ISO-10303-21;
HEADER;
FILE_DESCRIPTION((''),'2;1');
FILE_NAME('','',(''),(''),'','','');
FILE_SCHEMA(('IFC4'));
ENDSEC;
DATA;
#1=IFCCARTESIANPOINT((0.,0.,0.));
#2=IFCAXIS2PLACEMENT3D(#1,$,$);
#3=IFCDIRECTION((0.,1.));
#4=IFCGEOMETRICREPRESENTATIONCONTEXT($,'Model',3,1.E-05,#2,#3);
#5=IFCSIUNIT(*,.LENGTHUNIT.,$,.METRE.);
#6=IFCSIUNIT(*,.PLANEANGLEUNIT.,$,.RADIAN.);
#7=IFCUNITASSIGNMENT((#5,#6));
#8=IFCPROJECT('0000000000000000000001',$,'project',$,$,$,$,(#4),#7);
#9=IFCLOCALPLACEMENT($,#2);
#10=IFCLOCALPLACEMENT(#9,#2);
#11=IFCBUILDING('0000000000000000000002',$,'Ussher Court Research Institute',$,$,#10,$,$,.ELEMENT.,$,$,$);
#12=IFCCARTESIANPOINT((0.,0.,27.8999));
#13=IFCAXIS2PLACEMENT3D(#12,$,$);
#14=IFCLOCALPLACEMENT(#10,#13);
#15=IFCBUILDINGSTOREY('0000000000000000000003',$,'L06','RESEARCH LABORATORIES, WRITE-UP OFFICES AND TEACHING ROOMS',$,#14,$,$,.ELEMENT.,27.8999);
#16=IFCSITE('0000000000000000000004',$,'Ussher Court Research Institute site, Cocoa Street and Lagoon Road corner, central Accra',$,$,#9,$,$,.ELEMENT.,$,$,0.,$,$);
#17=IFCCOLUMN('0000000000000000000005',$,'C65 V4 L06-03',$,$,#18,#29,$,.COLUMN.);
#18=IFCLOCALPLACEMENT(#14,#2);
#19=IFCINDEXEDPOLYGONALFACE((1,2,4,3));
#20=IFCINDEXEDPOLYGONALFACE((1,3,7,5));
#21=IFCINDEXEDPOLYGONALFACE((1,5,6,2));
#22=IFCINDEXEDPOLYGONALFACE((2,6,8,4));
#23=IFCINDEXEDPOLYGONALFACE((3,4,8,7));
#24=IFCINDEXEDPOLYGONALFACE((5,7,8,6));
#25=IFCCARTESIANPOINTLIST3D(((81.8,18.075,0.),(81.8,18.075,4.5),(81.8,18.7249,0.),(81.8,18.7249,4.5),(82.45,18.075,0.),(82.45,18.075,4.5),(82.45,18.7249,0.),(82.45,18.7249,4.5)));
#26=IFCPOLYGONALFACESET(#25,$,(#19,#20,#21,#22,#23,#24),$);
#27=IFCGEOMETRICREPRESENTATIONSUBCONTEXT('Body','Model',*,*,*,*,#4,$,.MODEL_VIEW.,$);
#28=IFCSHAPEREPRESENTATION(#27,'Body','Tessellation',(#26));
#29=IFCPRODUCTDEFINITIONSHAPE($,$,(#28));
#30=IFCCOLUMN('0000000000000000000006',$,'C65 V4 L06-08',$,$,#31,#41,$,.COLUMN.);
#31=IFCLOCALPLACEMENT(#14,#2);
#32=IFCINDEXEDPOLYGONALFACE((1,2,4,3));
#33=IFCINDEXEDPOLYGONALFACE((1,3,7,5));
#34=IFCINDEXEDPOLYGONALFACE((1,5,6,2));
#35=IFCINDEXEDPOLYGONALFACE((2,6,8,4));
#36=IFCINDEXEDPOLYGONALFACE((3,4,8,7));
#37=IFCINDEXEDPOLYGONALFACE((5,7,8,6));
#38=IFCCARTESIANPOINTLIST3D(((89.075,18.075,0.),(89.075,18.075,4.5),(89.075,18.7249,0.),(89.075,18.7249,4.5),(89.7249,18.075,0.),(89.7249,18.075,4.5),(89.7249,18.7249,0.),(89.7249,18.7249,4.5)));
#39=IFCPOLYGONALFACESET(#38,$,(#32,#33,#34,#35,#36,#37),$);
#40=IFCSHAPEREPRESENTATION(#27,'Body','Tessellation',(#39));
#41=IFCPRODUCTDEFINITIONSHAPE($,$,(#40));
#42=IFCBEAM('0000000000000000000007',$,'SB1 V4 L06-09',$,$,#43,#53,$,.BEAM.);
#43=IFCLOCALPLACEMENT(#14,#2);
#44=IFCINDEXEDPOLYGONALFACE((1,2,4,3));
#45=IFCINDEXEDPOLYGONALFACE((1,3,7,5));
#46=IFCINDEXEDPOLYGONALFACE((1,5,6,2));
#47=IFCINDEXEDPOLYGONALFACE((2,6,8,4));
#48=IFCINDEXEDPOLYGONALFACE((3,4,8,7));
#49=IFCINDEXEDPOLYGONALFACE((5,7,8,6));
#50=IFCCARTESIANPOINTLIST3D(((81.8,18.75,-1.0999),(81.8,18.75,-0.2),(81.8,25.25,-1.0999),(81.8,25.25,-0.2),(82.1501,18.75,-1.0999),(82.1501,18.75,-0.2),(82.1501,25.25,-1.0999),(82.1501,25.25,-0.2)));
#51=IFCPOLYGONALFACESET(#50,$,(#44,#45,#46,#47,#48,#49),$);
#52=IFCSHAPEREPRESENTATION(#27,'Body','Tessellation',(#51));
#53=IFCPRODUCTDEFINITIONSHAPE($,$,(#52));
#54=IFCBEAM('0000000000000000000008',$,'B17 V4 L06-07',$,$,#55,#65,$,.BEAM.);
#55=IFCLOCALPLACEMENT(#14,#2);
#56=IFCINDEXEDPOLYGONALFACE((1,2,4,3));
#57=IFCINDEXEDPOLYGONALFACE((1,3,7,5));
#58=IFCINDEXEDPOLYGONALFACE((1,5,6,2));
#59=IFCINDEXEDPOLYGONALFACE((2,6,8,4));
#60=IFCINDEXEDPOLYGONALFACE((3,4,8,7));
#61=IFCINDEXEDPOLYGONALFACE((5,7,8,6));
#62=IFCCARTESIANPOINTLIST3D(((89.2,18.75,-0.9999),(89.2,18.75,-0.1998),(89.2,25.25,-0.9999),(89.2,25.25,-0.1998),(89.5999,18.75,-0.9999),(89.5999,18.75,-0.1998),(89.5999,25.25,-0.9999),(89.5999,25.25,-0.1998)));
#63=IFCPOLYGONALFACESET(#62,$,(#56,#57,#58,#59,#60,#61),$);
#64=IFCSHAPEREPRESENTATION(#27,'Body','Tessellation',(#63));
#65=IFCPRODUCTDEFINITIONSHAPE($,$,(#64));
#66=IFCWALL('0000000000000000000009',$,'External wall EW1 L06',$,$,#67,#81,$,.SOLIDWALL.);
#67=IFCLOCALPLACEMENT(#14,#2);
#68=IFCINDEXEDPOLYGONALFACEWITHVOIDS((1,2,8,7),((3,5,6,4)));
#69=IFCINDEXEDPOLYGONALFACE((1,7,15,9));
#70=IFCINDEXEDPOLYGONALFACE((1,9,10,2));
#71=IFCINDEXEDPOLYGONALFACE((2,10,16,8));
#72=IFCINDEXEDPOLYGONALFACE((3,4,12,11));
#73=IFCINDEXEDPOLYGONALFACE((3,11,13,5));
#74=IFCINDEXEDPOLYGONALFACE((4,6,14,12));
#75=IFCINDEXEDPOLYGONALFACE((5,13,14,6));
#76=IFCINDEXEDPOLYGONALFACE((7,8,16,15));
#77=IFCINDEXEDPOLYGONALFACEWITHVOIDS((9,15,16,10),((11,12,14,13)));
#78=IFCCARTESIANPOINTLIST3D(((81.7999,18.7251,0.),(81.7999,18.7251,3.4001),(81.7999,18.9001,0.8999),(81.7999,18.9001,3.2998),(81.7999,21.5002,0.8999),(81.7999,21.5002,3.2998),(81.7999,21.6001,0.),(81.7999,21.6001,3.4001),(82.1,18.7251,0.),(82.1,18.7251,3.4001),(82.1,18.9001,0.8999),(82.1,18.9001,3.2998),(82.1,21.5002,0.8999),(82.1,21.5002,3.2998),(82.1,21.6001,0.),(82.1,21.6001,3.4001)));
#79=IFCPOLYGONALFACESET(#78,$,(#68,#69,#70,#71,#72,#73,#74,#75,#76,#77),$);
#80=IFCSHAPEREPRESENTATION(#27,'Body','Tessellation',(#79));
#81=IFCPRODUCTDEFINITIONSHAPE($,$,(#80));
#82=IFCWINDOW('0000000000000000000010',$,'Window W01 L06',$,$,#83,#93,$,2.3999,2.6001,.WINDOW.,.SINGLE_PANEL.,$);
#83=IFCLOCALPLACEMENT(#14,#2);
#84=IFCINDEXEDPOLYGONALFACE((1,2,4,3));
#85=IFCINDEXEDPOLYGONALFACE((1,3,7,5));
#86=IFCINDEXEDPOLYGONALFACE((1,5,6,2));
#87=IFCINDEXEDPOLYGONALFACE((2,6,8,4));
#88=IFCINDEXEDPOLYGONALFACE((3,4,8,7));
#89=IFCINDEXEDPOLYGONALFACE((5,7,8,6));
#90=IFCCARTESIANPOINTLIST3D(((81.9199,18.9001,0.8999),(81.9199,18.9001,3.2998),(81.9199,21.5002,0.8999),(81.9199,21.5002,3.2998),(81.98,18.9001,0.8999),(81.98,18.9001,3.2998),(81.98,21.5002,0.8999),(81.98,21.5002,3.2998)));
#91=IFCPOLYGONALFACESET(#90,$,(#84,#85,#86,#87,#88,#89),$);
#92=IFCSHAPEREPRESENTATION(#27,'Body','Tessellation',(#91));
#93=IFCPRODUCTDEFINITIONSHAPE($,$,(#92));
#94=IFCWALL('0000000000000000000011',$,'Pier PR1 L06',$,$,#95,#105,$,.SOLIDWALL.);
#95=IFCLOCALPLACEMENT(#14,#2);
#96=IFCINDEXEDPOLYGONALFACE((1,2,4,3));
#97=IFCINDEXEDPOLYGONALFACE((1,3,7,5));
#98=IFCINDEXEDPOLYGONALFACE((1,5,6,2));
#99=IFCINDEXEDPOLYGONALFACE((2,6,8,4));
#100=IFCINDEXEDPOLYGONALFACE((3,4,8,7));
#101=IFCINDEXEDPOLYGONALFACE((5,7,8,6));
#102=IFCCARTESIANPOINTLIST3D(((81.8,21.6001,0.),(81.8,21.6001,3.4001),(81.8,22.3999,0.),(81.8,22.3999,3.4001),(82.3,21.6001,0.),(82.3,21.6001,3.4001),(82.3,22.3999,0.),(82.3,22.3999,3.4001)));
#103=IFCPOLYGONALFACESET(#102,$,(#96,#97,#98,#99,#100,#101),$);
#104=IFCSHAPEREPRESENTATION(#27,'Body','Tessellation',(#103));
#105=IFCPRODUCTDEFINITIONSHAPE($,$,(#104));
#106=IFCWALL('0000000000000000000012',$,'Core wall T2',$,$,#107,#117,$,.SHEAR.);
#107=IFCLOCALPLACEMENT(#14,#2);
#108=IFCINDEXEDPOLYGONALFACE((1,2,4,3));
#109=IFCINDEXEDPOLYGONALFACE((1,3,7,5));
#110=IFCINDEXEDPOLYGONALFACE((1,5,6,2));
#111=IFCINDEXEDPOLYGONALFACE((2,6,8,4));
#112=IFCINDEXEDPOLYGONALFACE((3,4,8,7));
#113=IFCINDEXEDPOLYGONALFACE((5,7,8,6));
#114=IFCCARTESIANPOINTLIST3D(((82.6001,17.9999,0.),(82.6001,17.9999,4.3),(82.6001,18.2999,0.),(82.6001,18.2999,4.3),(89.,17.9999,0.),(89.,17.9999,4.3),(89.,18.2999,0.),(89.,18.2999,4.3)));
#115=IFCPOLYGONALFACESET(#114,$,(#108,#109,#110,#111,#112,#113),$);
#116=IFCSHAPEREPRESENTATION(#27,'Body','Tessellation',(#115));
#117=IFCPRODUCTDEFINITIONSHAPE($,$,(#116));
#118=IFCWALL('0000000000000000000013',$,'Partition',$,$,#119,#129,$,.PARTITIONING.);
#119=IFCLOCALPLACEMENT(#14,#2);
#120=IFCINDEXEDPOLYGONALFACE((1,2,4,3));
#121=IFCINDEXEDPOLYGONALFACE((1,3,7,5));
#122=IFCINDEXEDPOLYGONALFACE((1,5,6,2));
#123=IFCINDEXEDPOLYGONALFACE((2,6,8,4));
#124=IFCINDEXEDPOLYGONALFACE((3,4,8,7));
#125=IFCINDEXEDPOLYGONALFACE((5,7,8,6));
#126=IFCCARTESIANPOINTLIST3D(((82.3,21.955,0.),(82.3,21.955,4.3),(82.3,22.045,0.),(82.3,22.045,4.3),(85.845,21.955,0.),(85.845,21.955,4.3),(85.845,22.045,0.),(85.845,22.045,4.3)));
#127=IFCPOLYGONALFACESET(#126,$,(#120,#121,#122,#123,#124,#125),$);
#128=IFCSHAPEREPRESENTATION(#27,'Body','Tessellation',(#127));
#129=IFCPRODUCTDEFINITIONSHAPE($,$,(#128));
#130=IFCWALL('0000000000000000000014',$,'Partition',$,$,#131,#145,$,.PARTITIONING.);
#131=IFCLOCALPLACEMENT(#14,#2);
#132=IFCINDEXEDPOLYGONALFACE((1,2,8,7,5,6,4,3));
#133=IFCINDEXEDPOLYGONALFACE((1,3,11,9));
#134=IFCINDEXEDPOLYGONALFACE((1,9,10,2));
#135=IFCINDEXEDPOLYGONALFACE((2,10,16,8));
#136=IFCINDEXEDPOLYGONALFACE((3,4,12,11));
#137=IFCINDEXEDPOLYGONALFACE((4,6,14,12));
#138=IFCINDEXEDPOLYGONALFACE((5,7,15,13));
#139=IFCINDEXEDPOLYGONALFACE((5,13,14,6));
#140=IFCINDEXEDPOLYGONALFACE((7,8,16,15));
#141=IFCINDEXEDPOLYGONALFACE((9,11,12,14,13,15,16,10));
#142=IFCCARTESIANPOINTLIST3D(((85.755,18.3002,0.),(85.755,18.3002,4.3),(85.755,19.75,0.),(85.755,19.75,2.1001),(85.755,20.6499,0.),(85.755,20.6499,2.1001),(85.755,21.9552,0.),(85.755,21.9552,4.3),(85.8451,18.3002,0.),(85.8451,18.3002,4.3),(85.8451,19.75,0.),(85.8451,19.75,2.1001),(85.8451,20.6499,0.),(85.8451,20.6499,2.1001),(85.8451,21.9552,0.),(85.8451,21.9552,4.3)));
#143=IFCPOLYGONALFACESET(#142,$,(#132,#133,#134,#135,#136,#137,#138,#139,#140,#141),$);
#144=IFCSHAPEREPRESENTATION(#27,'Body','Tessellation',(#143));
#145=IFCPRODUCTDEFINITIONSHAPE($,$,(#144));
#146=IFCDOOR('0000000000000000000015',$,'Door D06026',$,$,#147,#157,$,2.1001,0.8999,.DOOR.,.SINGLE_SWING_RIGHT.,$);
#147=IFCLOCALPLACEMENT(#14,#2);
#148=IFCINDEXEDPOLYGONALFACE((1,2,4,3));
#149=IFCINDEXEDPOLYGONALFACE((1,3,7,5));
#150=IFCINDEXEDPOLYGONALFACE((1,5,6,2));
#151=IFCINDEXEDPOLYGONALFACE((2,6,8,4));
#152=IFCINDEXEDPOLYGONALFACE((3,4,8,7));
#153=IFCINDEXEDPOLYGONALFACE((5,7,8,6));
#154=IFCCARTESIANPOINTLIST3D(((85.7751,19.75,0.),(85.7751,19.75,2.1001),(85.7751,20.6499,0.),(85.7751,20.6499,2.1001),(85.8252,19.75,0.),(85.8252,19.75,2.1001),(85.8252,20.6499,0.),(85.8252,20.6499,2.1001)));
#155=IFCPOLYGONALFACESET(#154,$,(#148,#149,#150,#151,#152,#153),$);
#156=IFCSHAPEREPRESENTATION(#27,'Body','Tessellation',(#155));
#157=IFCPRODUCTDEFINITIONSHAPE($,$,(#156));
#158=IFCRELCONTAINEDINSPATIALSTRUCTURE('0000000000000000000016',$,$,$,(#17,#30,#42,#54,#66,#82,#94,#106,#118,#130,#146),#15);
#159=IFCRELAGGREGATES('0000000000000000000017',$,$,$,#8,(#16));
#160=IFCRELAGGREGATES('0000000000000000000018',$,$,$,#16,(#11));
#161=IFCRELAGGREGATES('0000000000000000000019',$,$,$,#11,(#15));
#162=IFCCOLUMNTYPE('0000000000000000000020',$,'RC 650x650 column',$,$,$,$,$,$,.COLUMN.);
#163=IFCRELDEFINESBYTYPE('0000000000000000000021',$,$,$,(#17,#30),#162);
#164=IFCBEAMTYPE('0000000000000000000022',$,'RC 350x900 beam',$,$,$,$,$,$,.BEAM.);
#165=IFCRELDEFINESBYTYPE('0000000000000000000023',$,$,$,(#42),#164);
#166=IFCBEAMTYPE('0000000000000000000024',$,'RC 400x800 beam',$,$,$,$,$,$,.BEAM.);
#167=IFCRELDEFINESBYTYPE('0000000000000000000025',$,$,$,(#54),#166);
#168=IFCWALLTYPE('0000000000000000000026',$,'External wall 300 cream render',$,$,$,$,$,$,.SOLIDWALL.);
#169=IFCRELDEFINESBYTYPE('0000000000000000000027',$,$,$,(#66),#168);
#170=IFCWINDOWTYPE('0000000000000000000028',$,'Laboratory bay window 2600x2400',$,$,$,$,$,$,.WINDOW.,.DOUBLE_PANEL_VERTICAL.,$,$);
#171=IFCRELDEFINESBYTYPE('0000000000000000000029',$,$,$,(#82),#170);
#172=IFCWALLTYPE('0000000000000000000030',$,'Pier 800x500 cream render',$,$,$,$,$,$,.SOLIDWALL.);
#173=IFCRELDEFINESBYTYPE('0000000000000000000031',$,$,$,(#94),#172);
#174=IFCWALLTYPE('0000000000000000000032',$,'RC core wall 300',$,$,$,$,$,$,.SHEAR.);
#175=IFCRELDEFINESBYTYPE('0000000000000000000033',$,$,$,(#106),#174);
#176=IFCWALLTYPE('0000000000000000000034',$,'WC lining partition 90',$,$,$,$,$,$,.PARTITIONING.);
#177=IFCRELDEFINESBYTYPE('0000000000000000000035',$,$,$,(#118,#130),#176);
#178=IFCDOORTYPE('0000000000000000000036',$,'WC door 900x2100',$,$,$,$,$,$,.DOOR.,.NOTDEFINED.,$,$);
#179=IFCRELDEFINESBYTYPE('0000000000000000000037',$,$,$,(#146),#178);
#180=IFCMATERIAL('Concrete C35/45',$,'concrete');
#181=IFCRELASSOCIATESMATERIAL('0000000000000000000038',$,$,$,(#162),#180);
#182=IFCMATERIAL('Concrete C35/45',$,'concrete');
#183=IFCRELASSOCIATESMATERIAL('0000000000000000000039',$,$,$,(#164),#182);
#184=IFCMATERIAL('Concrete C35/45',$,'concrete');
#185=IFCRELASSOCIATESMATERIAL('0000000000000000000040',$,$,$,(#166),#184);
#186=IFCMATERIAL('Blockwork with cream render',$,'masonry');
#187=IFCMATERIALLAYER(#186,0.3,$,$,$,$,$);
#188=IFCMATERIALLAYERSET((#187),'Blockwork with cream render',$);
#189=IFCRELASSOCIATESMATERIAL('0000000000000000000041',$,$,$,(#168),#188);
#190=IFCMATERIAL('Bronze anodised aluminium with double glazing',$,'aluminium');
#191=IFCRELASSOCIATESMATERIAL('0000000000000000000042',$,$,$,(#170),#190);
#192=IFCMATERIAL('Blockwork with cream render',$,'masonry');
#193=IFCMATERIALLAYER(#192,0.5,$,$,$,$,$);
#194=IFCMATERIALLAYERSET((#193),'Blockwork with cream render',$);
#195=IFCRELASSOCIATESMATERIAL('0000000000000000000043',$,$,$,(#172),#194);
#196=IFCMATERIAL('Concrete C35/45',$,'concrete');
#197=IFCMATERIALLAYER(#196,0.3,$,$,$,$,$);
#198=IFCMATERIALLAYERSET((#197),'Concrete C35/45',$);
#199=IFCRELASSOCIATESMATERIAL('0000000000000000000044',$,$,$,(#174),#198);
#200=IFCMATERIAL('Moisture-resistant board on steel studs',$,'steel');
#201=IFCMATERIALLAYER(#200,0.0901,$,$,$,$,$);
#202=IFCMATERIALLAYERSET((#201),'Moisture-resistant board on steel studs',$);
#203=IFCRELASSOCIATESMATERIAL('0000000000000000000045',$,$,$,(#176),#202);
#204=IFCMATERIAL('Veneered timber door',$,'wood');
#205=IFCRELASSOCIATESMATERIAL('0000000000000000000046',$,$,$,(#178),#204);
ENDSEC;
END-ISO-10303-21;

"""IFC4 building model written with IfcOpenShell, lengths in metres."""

from ifc_helpers import new_model, si_unit, direction, frame, frame_2d, origin, origin_2d, place, context, subcontext, project, spatial, rectangle, extrude, material, layer, layer_set, material_profile, profile_set, type_object, element, fill, save


model = new_model("IFC4")

# Units and contexts
model_context = context("Model", 3, precision=1e-05, world=origin(), true_north=direction((0.0, 1.0)))
body_context = subcontext(model_context, "Body", "Model", "MODEL_VIEW")
ifc_project = project(units=[si_unit("LENGTHUNIT", "METRE"), si_unit("PLANEANGLEUNIT", "RADIAN")], contexts=[model_context])

# Site, building, storey
site_placement = place(None, origin())
site = spatial("IfcSite", under=ifc_project, at=site_placement, Name="Ussher Court Research Institute site, Cocoa Street and Lagoon Road corner, central Accra", CompositionType="ELEMENT", RefElevation=0.0)
building_placement = place(site_placement, origin())
building = spatial("IfcBuilding", under=site, at=building_placement, Name="Ussher Court Research Institute", CompositionType="ELEMENT")
storey_placement = place(building_placement, frame((0.0, 0.0, 27.8999)))
storey = spatial("IfcBuildingStorey", under=building, at=storey_placement, Name="L06", Description="RESEARCH LABORATORIES, WRITE-UP OFFICES AND TEACHING ROOMS", CompositionType="ELEMENT", Elevation=27.8999)

# Columns
ifc_material_1 = material(Name="Concrete C35/45", Category="concrete")
ifc_material_profile_1 = material_profile(ifc_material_1, rectangle(XDim=0.6499, YDim=0.6499, at=origin_2d()), Name="RC 650x650")
ifc_profile_set_1 = profile_set([ifc_material_profile_1], Name="Concrete C35/45")
column_type = type_object("IfcColumnType", Name="RC 650x650 column", PredefinedType="COLUMN", material=ifc_profile_set_1)
for number, where, z_axis, x_axis, name in (
    (1, (82.125, 18.3999, 0.0), (0.0, 0.0, 1.0), (1.0, 0.0, 0.0), "C65 V4 L06-03"),
    (2, (89.3999, 18.3999, 0.0), (0.0, 0.0, 1.0), (1.0, 0.0, 0.0), "C65 V4 L06-08"),
):
    element("IfcColumn", number, at=place(storey_placement, frame(where, z_axis=z_axis, x_axis=x_axis)), inside=storey, type_object=column_type, Name=name, PredefinedType="COLUMN", context=body_context, shape_type="SweptSolid", body=[
        extrude(rectangle(XDim=0.6499, YDim=0.6499, at=origin_2d()), origin(), (0.0, 0.0, 1.0), 4.5),
    ])

# Beams
ifc_material_2 = material(Name="Concrete C35/45", Category="concrete")
ifc_material_profile_2 = material_profile(ifc_material_2, rectangle(XDim=0.3501, YDim=0.8999, at=origin_2d()), Name="RC 350x900")
ifc_profile_set_2 = profile_set([ifc_material_profile_2], Name="Concrete C35/45")
beam_type_1 = type_object("IfcBeamType", Name="RC 350x900 beam", PredefinedType="BEAM", material=ifc_profile_set_2)
beam_1_placement = place(storey_placement, frame((81.9751, 18.75, -0.6499), z_axis=(0.0, 1.0, 0.0), x_axis=(-1.0, 0.0, 0.0)))
element("IfcBeam", 3, at=beam_1_placement, inside=storey, type_object=beam_type_1, Name="SB1 V4 L06-09", PredefinedType="BEAM", context=body_context, shape_type="SweptSolid", body=[
    extrude(rectangle(XDim=0.3501, YDim=0.8999, at=origin_2d()), origin(), (0.0, 0.0, 1.0), 6.5),
])
ifc_material_3 = material(Name="Concrete C35/45", Category="concrete")
ifc_material_profile_3 = material_profile(ifc_material_3, rectangle(XDim=0.3999, YDim=0.8, at=origin_2d()), Name="RC 400x800")
ifc_profile_set_3 = profile_set([ifc_material_profile_3], Name="Concrete C35/45")
beam_type_2 = type_object("IfcBeamType", Name="RC 400x800 beam", PredefinedType="BEAM", material=ifc_profile_set_3)
beam_2_placement = place(storey_placement, frame((89.3999, 18.75, -0.5999), z_axis=(0.0, 1.0, 0.0), x_axis=(-1.0, 0.0, 0.0)))
element("IfcBeam", 4, at=beam_2_placement, inside=storey, type_object=beam_type_2, Name="B17 V4 L06-07", PredefinedType="BEAM", context=body_context, shape_type="SweptSolid", body=[
    extrude(rectangle(XDim=0.3999, YDim=0.8, at=origin_2d()), origin(), (0.0, 0.0, 1.0), 6.5),
])

# Wall, opening, window
ifc_material_4 = material(Name="Blockwork with cream render", Category="masonry")
ifc_layer_1 = layer(ifc_material_4, 0.3)
ifc_layer_set_1 = layer_set([ifc_layer_1], Name="Blockwork with cream render")
wall_type_1 = type_object("IfcWallType", Name="External wall 300 cream render", PredefinedType="SOLIDWALL", material=ifc_layer_set_1)
wall_1_placement = place(storey_placement, frame((81.95, 18.7251, 0.0), z_axis=(0.0, 0.0, 1.0), x_axis=(0.0, 1.0, 0.0)))
wall_1 = element("IfcWall", 5, at=wall_1_placement, inside=storey, type_object=wall_type_1, Name="External wall EW1 L06", PredefinedType="SOLIDWALL", context=body_context, shape_type="SweptSolid", body=[
    extrude(rectangle(XDim=2.875, YDim=0.3, at=frame_2d((1.4375, 0.0))), origin(), (0.0, 0.0, 1.0), 3.4001),
])
opening_1_placement = place(wall_1_placement, frame((0.175, 0.0, 0.8999)))
opening_1 = element("IfcOpeningElement", 6, at=opening_1_placement, cuts=wall_1, PredefinedType="OPENING", context=body_context, shape_type="SweptSolid", body=[
    extrude(rectangle(XDim=2.6001, YDim=2.3999, at=frame_2d((1.3, 1.2))), frame((0.0, 0.1602, 0.0), z_axis=(0.0, -1.0, 0.0), x_axis=(1.0, 0.0, 0.0)), (0.0, 0.0, 1.0), 0.3201),
])
ifc_material_5 = material(Name="Bronze anodised aluminium with double glazing", Category="aluminium")
window_type = type_object("IfcWindowType", Name="Laboratory bay window 2600x2400", PartitioningType="DOUBLE_PANEL_VERTICAL", PredefinedType="WINDOW", material=ifc_material_5)
window_placement = place(opening_1_placement, origin())
window = element("IfcWindow", 7, at=window_placement, inside=storey, type_object=window_type, Name="Window W01 L06", OverallHeight=2.3999, OverallWidth=2.6001, PartitioningType="SINGLE_PANEL", PredefinedType="WINDOW", context=body_context, shape_type="SweptSolid", body=[
    extrude(rectangle(XDim=2.6001, YDim=2.3999, at=frame_2d((1.3, 1.2))), frame((0.0, 0.03, 0.0), z_axis=(0.0, -1.0, 0.0), x_axis=(1.0, 0.0, 0.0)), (0.0, 0.0, 1.0), 0.0601),
])
fill(opening_1, window)

# Walls
ifc_material_6 = material(Name="Blockwork with cream render", Category="masonry")
ifc_layer_2 = layer(ifc_material_6, 0.5)
ifc_layer_set_2 = layer_set([ifc_layer_2], Name="Blockwork with cream render")
wall_type_2 = type_object("IfcWallType", Name="Pier 800x500 cream render", PredefinedType="SOLIDWALL", material=ifc_layer_set_2)
wall_2_placement = place(storey_placement, frame((82.05, 21.6001, 0.0), z_axis=(0.0, 0.0, 1.0), x_axis=(0.0, 1.0, 0.0)))
element("IfcWall", 8, at=wall_2_placement, inside=storey, type_object=wall_type_2, Name="Pier PR1 L06", PredefinedType="SOLIDWALL", context=body_context, shape_type="SweptSolid", body=[
    extrude(rectangle(XDim=0.7998, YDim=0.5, at=frame_2d((0.3999, 0.0))), origin(), (0.0, 0.0, 1.0), 3.4001),
])
ifc_material_7 = material(Name="Concrete C35/45", Category="concrete")
ifc_layer_3 = layer(ifc_material_7, 0.3)
ifc_layer_set_3 = layer_set([ifc_layer_3], Name="Concrete C35/45")
wall_type_3 = type_object("IfcWallType", Name="RC core wall 300", PredefinedType="SHEAR", material=ifc_layer_set_3)
wall_3_placement = place(storey_placement, frame((82.6001, 18.1499, 0.0), z_axis=(0.0, 0.0, 1.0), x_axis=(1.0, 0.0, 0.0)))
element("IfcWall", 9, at=wall_3_placement, inside=storey, type_object=wall_type_3, Name="Core wall T2", PredefinedType="SHEAR", context=body_context, shape_type="SweptSolid", body=[
    extrude(rectangle(XDim=6.3999, YDim=0.3, at=frame_2d((3.2, 0.0))), origin(), (0.0, 0.0, 1.0), 4.3),
])
ifc_material_8 = material(Name="Moisture-resistant board on steel studs", Category="steel")
ifc_layer_4 = layer(ifc_material_8, 0.0901)
ifc_layer_set_4 = layer_set([ifc_layer_4], Name="Moisture-resistant board on steel studs")
wall_type_4 = type_object("IfcWallType", Name="WC lining partition 90", PredefinedType="PARTITIONING", material=ifc_layer_set_4)
wall_4_placement = place(storey_placement, frame((82.3, 22.0, 0.0), z_axis=(0.0, 0.0, 1.0), x_axis=(1.0, 0.0, 0.0)))
element("IfcWall", 10, at=wall_4_placement, inside=storey, type_object=wall_type_4, Name="Partition", PredefinedType="PARTITIONING", context=body_context, shape_type="SweptSolid", body=[
    extrude(rectangle(XDim=3.5449, YDim=0.0901, at=frame_2d((1.7725, 0.0))), origin(), (0.0, 0.0, 1.0), 4.3),
])

# Wall, opening, door
wall_5_placement = place(storey_placement, frame((85.8, 18.3, 0.0), z_axis=(0.0, 0.0, 1.0), x_axis=(0.0, 1.0, 0.0)))
wall_5 = element("IfcWall", 11, at=wall_5_placement, inside=storey, type_object=wall_type_4, Name="Partition", PredefinedType="PARTITIONING", context=body_context, shape_type="SweptSolid", body=[
    extrude(rectangle(XDim=3.655, YDim=0.0901, at=frame_2d((1.8276, 0.0))), origin(), (0.0, 0.0, 1.0), 4.3),
])
opening_2_placement = place(wall_5_placement, frame((1.45, 0.0, 0.0)))
opening_2 = element("IfcOpeningElement", 12, at=opening_2_placement, cuts=wall_5, PredefinedType="OPENING", context=body_context, shape_type="SweptSolid", body=[
    extrude(rectangle(XDim=0.8999, YDim=2.1001, at=frame_2d((0.45, 1.05))), frame((0.0, 0.0552, 0.0), z_axis=(0.0, -1.0, 0.0), x_axis=(1.0, 0.0, 0.0)), (0.0, 0.0, 1.0), 0.1101),
])
ifc_material_9 = material(Name="Veneered timber door", Category="wood")
door_type = type_object("IfcDoorType", Name="WC door 900x2100", OperationType="NOTDEFINED", PredefinedType="DOOR", material=ifc_material_9)
door_1_placement = place(opening_2_placement, origin())
door_1 = element("IfcDoor", 13, at=door_1_placement, inside=storey, type_object=door_type, Name="Door D06026", OperationType="SINGLE_SWING_RIGHT", OverallHeight=2.1001, OverallWidth=0.8999, PredefinedType="DOOR", context=body_context, shape_type="SweptSolid", body=[
    extrude(rectangle(XDim=0.8999, YDim=2.1001, at=frame_2d((0.45, 1.05))), frame((0.0, 0.0249, 0.0), z_axis=(0.0, -1.0, 0.0), x_axis=(1.0, 0.0, 0.0)), (0.0, 0.0, 1.0), 0.05),
])
fill(opening_2, door_1)

save(model, "model.ifc")
